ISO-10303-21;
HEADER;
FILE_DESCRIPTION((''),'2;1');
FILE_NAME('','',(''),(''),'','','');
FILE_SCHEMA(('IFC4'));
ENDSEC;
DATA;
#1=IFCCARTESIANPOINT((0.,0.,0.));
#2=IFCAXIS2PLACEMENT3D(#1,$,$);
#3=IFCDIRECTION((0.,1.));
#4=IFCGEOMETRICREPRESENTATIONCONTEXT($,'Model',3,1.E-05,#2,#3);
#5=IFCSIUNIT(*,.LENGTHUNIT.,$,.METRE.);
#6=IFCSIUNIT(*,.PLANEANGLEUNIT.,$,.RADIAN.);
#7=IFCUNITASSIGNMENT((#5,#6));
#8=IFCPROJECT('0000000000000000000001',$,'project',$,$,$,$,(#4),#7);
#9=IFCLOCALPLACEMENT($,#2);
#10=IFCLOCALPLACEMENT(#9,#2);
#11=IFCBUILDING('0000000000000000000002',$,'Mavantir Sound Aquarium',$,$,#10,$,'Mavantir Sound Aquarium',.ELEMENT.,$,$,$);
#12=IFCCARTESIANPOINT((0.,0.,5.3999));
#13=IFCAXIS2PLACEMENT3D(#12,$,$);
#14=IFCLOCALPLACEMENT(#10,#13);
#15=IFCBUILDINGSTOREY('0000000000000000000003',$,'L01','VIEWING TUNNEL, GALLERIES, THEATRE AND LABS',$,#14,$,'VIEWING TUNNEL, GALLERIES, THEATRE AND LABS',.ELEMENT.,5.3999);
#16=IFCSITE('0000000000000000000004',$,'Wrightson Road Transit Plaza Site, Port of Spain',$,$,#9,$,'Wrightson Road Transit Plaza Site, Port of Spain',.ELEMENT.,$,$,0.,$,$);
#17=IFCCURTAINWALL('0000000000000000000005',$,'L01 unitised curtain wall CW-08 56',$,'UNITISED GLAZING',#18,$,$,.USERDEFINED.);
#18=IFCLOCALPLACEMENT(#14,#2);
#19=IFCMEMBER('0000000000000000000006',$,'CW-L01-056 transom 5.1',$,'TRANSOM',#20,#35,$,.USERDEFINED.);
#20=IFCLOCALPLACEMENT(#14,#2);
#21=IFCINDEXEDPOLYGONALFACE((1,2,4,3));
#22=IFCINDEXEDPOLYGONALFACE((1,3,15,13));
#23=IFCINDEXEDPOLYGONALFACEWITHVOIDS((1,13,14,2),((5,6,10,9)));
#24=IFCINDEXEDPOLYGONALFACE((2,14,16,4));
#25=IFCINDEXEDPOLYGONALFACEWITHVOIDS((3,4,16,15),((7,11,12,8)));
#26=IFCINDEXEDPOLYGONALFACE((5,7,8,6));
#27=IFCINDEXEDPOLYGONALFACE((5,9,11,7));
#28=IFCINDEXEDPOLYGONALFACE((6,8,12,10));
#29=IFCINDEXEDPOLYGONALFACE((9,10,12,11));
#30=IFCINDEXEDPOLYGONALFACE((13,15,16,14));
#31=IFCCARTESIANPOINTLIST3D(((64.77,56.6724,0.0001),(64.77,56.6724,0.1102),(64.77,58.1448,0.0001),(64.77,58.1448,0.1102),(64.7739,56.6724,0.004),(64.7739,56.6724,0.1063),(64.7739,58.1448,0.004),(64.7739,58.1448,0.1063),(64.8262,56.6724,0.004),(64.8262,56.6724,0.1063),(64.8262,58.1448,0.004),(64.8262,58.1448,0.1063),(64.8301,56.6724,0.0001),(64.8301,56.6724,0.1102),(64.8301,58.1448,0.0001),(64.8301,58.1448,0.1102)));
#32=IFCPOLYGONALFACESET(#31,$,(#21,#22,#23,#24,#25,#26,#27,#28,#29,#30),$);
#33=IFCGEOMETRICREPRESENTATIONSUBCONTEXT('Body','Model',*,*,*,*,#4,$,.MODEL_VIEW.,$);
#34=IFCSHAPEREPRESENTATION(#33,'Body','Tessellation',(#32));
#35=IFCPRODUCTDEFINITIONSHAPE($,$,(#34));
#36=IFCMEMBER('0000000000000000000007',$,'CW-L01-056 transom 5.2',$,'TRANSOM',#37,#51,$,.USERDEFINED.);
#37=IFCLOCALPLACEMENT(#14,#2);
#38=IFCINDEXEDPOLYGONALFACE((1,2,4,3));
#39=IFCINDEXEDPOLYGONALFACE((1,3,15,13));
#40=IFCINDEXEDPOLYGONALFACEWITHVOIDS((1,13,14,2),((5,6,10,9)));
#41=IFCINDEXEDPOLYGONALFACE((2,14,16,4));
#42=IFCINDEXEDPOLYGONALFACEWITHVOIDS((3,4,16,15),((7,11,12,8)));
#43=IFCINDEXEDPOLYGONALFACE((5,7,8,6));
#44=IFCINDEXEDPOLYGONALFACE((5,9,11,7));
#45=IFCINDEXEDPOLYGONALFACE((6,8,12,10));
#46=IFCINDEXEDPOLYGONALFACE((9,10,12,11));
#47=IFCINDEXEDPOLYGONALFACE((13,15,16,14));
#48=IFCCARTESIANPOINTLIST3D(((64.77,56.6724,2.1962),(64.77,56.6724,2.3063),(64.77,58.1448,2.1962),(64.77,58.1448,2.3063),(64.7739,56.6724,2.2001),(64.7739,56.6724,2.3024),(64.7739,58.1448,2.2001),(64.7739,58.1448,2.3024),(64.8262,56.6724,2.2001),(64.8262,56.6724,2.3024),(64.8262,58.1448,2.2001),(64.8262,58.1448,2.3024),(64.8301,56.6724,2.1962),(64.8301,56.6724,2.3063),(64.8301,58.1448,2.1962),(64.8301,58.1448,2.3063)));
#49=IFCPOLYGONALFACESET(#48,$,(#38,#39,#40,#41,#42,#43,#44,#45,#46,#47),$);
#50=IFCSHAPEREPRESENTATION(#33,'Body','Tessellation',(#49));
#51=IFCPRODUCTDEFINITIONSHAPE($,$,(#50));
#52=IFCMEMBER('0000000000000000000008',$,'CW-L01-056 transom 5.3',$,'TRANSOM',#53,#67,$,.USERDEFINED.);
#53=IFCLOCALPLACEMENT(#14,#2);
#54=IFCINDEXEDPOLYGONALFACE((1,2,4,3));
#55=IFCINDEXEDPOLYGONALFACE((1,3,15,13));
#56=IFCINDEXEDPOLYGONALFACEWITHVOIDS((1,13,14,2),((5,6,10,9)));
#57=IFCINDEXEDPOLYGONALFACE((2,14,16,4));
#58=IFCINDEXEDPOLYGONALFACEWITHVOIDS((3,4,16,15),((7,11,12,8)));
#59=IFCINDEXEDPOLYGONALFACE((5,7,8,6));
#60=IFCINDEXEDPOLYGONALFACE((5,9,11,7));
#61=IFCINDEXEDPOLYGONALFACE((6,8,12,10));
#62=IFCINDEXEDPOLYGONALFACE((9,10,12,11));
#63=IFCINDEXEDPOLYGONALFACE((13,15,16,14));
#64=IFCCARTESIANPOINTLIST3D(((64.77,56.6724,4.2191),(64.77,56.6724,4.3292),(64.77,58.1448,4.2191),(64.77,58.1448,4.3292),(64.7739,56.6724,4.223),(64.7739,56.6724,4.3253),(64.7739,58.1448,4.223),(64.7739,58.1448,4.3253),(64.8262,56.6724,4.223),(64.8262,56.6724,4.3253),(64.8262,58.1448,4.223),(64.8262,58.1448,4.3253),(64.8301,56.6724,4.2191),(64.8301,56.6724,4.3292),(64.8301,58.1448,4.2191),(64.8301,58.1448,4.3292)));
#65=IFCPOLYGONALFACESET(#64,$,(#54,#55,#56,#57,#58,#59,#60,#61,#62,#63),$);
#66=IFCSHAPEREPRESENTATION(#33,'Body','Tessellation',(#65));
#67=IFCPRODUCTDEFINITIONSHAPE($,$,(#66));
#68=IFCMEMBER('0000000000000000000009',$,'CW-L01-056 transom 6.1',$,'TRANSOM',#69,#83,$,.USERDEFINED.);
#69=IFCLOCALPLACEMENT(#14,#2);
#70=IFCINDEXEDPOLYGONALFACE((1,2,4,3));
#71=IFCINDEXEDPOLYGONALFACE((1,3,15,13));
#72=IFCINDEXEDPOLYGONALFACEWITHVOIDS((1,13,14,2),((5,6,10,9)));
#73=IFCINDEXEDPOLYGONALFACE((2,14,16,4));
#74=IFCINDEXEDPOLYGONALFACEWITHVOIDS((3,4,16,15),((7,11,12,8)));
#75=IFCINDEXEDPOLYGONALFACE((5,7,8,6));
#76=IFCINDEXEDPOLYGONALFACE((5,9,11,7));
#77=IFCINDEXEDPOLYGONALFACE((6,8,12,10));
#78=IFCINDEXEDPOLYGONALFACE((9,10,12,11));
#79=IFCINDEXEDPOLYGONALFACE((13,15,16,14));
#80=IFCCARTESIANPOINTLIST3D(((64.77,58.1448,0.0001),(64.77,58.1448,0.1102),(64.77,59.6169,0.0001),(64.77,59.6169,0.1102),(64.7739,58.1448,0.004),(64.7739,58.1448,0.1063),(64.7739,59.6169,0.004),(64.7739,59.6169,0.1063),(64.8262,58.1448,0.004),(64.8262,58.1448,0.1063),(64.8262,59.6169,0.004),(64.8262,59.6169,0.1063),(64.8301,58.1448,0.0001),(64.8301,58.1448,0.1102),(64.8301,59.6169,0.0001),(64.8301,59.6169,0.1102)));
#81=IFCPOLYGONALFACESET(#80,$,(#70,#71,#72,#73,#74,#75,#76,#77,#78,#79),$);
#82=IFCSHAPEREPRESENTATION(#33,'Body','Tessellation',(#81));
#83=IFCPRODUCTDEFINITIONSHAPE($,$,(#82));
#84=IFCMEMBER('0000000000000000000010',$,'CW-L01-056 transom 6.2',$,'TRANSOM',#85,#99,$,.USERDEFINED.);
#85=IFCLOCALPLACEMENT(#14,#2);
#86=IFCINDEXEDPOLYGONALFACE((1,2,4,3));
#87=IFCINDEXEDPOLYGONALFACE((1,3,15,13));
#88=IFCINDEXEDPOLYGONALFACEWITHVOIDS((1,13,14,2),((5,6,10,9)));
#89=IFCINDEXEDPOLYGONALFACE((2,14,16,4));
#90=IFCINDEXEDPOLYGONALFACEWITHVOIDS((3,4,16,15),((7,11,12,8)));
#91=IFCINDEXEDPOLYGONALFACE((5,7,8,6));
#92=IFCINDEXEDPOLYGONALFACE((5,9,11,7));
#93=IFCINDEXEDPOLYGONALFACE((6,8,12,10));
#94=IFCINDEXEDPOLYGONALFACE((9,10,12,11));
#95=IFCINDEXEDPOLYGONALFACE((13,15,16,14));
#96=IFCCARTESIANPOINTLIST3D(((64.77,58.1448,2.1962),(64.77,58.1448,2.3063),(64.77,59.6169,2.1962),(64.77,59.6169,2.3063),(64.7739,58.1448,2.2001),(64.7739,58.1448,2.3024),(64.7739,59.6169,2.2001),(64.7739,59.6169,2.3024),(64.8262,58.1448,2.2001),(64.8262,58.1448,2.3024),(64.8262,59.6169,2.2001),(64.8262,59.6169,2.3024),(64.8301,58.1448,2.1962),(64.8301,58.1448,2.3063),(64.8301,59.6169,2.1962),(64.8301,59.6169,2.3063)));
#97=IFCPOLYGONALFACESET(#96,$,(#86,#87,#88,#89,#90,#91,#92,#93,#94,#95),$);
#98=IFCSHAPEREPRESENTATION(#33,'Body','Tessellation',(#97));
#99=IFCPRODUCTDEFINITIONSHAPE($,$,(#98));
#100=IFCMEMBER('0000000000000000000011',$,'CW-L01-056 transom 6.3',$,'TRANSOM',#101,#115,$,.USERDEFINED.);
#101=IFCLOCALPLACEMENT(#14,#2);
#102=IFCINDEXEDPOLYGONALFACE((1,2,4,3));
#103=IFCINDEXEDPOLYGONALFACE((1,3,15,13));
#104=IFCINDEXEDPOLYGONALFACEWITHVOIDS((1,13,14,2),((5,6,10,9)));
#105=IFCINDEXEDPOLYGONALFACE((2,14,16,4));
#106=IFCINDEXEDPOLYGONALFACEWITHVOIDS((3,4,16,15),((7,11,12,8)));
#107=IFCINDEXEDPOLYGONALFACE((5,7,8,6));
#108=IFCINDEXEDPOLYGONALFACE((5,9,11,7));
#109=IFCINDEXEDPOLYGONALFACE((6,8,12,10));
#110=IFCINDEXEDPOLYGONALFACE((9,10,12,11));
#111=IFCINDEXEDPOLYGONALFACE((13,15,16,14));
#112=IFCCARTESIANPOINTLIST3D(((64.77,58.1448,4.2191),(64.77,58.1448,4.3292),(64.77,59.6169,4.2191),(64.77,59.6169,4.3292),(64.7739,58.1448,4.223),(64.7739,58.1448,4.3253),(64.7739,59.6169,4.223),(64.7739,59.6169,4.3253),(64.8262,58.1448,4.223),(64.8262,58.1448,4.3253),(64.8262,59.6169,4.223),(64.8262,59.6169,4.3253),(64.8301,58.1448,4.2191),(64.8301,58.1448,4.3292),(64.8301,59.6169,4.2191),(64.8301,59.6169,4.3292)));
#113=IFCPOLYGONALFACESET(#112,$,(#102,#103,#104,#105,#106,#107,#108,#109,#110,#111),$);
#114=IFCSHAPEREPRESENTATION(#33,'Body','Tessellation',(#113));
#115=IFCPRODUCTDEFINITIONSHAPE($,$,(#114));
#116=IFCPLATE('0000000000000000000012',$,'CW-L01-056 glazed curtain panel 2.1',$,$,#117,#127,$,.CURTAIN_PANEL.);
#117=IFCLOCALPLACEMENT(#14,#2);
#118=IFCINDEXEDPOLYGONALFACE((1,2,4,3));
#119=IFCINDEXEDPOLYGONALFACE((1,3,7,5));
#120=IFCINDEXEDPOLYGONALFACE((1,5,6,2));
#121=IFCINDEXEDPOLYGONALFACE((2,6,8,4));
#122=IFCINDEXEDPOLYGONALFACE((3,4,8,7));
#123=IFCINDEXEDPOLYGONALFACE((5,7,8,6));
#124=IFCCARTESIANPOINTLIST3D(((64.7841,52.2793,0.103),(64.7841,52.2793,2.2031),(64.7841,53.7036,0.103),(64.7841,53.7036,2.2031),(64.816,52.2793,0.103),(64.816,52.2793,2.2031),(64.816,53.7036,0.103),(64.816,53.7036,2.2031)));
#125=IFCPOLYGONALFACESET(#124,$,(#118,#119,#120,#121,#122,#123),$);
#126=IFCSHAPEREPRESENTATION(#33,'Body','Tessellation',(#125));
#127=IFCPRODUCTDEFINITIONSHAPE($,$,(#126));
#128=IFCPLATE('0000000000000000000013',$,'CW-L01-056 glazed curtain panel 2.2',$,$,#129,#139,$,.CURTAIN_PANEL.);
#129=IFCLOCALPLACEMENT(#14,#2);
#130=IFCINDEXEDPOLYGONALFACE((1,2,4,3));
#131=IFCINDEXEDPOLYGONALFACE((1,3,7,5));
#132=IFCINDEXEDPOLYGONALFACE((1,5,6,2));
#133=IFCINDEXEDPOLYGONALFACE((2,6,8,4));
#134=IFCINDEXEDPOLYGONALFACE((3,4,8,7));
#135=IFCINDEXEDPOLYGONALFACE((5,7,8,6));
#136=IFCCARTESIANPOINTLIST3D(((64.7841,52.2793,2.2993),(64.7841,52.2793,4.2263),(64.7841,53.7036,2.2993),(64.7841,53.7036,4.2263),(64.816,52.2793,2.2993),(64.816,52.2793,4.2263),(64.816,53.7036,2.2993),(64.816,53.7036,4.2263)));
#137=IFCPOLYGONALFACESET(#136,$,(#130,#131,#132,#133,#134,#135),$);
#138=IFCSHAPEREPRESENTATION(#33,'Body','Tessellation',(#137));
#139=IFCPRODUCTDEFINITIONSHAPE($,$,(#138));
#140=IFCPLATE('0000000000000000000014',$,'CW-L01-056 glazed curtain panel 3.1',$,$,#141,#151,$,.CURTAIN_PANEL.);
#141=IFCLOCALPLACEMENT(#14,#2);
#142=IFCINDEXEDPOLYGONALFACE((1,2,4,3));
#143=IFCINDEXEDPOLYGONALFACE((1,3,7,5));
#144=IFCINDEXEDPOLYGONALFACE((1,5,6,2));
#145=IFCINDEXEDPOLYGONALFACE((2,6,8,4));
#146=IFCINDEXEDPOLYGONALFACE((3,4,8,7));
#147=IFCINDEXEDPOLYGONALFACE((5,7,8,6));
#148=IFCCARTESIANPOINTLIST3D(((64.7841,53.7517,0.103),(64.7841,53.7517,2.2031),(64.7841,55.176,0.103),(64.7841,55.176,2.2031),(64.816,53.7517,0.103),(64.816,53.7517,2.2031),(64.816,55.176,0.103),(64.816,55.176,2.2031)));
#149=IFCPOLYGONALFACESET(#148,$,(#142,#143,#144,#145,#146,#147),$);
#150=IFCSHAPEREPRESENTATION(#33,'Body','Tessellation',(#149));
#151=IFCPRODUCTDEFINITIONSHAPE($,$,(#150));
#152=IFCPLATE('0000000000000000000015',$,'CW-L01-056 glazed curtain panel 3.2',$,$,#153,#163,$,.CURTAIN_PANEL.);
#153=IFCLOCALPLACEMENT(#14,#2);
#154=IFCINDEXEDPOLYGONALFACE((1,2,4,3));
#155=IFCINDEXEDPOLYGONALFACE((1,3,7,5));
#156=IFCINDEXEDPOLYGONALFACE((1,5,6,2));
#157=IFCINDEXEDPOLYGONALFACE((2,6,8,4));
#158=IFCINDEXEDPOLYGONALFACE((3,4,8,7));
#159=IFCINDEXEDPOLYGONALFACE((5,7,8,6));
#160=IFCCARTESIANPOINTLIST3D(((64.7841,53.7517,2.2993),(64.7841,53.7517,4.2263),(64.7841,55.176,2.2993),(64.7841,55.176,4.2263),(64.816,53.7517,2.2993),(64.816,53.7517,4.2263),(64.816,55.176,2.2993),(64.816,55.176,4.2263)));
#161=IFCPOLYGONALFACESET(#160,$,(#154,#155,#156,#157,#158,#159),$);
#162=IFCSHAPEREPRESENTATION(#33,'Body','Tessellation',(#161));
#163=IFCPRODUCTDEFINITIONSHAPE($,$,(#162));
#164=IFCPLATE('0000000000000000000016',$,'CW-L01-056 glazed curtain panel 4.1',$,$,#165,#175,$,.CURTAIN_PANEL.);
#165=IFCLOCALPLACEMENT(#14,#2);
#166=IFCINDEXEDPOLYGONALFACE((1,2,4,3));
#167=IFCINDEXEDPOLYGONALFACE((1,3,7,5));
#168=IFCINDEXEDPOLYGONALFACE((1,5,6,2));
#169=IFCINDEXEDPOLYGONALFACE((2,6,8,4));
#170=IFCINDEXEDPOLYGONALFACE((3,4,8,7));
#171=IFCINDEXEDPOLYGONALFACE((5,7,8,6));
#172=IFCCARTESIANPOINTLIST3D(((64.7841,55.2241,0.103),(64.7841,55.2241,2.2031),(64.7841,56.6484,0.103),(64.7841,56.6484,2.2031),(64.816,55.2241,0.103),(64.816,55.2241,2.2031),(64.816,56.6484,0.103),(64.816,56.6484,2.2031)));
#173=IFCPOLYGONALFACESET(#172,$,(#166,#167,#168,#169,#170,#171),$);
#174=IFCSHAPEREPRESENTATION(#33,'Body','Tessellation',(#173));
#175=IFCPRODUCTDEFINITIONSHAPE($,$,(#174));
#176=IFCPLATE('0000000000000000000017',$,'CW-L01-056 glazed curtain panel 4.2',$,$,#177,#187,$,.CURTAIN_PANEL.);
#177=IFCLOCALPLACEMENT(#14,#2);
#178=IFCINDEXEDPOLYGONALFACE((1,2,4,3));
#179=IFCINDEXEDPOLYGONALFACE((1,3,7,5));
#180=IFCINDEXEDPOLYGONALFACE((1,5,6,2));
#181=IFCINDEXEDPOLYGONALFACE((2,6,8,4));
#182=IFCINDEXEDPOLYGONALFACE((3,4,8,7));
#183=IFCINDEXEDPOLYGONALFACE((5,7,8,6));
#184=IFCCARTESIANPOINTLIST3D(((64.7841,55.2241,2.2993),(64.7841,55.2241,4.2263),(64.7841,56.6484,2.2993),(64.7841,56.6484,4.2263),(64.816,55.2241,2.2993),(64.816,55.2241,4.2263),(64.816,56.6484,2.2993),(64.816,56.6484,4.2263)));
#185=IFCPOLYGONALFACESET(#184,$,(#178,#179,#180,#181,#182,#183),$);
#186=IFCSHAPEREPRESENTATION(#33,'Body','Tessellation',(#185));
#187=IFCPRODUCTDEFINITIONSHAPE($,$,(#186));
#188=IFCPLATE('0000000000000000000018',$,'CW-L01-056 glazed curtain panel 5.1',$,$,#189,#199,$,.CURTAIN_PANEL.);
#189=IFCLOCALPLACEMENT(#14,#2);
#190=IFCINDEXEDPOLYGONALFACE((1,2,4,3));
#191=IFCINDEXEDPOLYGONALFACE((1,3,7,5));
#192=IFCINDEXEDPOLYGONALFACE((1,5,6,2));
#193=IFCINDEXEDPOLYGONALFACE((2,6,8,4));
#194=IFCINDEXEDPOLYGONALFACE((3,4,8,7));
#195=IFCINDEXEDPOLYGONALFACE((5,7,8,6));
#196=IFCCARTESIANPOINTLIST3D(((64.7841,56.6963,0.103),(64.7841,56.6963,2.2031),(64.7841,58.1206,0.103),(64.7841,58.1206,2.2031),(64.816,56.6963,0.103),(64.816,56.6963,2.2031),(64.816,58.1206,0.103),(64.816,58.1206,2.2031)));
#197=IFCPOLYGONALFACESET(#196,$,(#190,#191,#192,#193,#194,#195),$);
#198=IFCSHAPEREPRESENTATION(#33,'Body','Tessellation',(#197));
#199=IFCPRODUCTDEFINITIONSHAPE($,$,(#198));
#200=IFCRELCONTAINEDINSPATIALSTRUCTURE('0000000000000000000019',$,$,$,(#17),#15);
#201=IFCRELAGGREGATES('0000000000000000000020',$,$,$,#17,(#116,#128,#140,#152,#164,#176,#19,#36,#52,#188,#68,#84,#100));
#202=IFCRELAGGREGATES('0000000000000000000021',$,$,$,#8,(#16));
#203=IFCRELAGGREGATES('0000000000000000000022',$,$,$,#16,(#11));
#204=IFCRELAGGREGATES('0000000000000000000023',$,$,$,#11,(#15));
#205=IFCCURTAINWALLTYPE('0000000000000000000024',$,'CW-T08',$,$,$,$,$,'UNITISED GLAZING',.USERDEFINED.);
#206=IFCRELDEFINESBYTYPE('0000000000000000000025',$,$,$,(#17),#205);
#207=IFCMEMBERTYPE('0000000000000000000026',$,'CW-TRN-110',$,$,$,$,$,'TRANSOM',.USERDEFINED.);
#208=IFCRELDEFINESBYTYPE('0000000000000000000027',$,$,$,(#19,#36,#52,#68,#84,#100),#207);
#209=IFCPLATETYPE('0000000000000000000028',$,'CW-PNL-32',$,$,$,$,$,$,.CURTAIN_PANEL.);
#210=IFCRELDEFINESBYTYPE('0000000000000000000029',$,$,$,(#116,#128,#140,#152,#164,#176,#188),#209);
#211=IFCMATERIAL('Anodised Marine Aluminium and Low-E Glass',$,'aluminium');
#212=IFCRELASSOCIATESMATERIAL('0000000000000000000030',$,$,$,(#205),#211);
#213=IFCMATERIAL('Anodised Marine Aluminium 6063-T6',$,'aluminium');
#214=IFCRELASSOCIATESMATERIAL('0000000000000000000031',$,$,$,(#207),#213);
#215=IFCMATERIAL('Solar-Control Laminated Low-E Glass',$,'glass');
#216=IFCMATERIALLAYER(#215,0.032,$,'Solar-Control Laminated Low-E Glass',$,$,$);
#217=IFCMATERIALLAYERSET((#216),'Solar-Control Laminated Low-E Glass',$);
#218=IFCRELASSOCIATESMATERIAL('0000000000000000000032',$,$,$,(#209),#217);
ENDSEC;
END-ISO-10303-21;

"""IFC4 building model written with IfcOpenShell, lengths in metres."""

from ifc_helpers import new_model, si_unit, direction, frame, origin, origin_2d, place, context, subcontext, project, spatial, rectangle, hollow_rectangle, extrude, material, layer, layer_set, material_profile, profile_set, type_object, element, aggregate, save


model = new_model("IFC4")

# Units and contexts
model_context = context("Model", 3, precision=1e-05, world=origin(), true_north=direction((0.0, 1.0)))
body_context = subcontext(model_context, "Body", "Model", "MODEL_VIEW")
ifc_project = project(units=[si_unit("LENGTHUNIT", "METRE"), si_unit("PLANEANGLEUNIT", "RADIAN")], contexts=[model_context])

# Site, building, storey
site_placement = place(None, origin())
site = spatial("IfcSite", under=ifc_project, at=site_placement, Name="Wrightson Road Transit Plaza Site, Port of Spain", LongName="Wrightson Road Transit Plaza Site, Port of Spain", CompositionType="ELEMENT", RefElevation=0.0)
building_placement = place(site_placement, origin())
building = spatial("IfcBuilding", under=site, at=building_placement, Name="Mavantir Sound Aquarium", LongName="Mavantir Sound Aquarium", CompositionType="ELEMENT")
storey_placement = place(building_placement, frame((0.0, 0.0, 5.3999)))
storey = spatial("IfcBuildingStorey", under=building, at=storey_placement, Name="L01", Description="VIEWING TUNNEL, GALLERIES, THEATRE AND LABS", LongName="VIEWING TUNNEL, GALLERIES, THEATRE AND LABS", CompositionType="ELEMENT", Elevation=5.3999)

# Curtain wall, members, plates
ifc_material_1 = material(Name="Anodised Marine Aluminium and Low-E Glass", Category="aluminium")
curtain_wall_type = type_object("IfcCurtainWallType", Name="CW-T08", ElementType="UNITISED GLAZING", PredefinedType="USERDEFINED", material=ifc_material_1)
curtain_wall_placement = place(storey_placement, origin())
curtain_wall = element("IfcCurtainWall", 1, at=curtain_wall_placement, inside=storey, type_object=curtain_wall_type, Name="L01 unitised curtain wall CW-08 56", ObjectType="UNITISED GLAZING", PredefinedType="USERDEFINED")
ifc_material_2 = material(Name="Anodised Marine Aluminium 6063-T6", Category="aluminium")
ifc_material_profile_1 = material_profile(ifc_material_2, hollow_rectangle(XDim=0.0601, YDim=0.1101, WallThickness=0.0039, at=origin_2d()), Name="ALU-TRANSOM-110X60")
ifc_profile_set_1 = profile_set([ifc_material_profile_1], Name="Anodised Marine Aluminium 6063-T6")
member_type_1 = type_object("IfcMemberType", Name="CW-TRN-110", ElementType="TRANSOM", PredefinedType="USERDEFINED", material=ifc_profile_set_1)
member_1_placement = place(storey_placement, frame((64.8, 56.6724, 0.0552), z_axis=(0.0, 1.0, 0.0), x_axis=(-1.0, 0.0, 0.0)))
member_1 = element("IfcMember", 2, at=member_1_placement, type_object=member_type_1, Name="CW-L01-056 transom 5.1", ObjectType="TRANSOM", PredefinedType="USERDEFINED", context=body_context, shape_type="SweptSolid", body=[
    extrude(hollow_rectangle(XDim=0.0601, YDim=0.1101, WallThickness=0.0039, at=origin_2d()), origin(), (0.0, 0.0, 1.0), 1.4724),
])
member_2_placement = place(storey_placement, frame((64.8, 56.6724, 2.2512), z_axis=(0.0, 1.0, 0.0), x_axis=(-1.0, 0.0, 0.0)))
member_2 = element("IfcMember", 3, at=member_2_placement, type_object=member_type_1, Name="CW-L01-056 transom 5.2", ObjectType="TRANSOM", PredefinedType="USERDEFINED", context=body_context, shape_type="SweptSolid", body=[
    extrude(hollow_rectangle(XDim=0.0601, YDim=0.1101, WallThickness=0.0039, at=origin_2d()), origin(), (0.0, 0.0, 1.0), 1.4724),
])
member_3_placement = place(storey_placement, frame((64.8, 56.6724, 4.2742), z_axis=(0.0, 1.0, 0.0), x_axis=(-1.0, 0.0, 0.0)))
member_3 = element("IfcMember", 4, at=member_3_placement, type_object=member_type_1, Name="CW-L01-056 transom 5.3", ObjectType="TRANSOM", PredefinedType="USERDEFINED", context=body_context, shape_type="SweptSolid", body=[
    extrude(hollow_rectangle(XDim=0.0601, YDim=0.1101, WallThickness=0.0039, at=origin_2d()), origin(), (0.0, 0.0, 1.0), 1.4724),
])
member_4_placement = place(storey_placement, frame((64.8, 58.1448, 0.0552), z_axis=(0.0, 1.0, 0.0), x_axis=(-1.0, 0.0, 0.0)))
member_4 = element("IfcMember", 5, at=member_4_placement, type_object=member_type_1, Name="CW-L01-056 transom 6.1", ObjectType="TRANSOM", PredefinedType="USERDEFINED", context=body_context, shape_type="SweptSolid", body=[
    extrude(hollow_rectangle(XDim=0.0601, YDim=0.1101, WallThickness=0.0039, at=origin_2d()), origin(), (0.0, 0.0, 1.0), 1.4722),
])
member_5_placement = place(storey_placement, frame((64.8, 58.1448, 2.2512), z_axis=(0.0, 1.0, 0.0), x_axis=(-1.0, 0.0, 0.0)))
member_5 = element("IfcMember", 6, at=member_5_placement, type_object=member_type_1, Name="CW-L01-056 transom 6.2", ObjectType="TRANSOM", PredefinedType="USERDEFINED", context=body_context, shape_type="SweptSolid", body=[
    extrude(hollow_rectangle(XDim=0.0601, YDim=0.1101, WallThickness=0.0039, at=origin_2d()), origin(), (0.0, 0.0, 1.0), 1.4722),
])
member_6_placement = place(storey_placement, frame((64.8, 58.1448, 4.2742), z_axis=(0.0, 1.0, 0.0), x_axis=(-1.0, 0.0, 0.0)))
member_6 = element("IfcMember", 7, at=member_6_placement, type_object=member_type_1, Name="CW-L01-056 transom 6.3", ObjectType="TRANSOM", PredefinedType="USERDEFINED", context=body_context, shape_type="SweptSolid", body=[
    extrude(hollow_rectangle(XDim=0.0601, YDim=0.1101, WallThickness=0.0039, at=origin_2d()), origin(), (0.0, 0.0, 1.0), 1.4722),
])
ifc_material_3 = material(Name="Solar-Control Laminated Low-E Glass", Category="glass")
ifc_layer = layer(ifc_material_3, 0.032, Name="Solar-Control Laminated Low-E Glass")
ifc_layer_set = layer_set([ifc_layer], Name="Solar-Control Laminated Low-E Glass")
plate_type = type_object("IfcPlateType", Name="CW-PNL-32", PredefinedType="CURTAIN_PANEL", material=ifc_layer_set)
plate_1_placement = place(storey_placement, frame((64.8, 52.9915, 0.103), z_axis=(0.0, 0.0, 1.0), x_axis=(0.0, 1.0, 0.0)))
plate_1 = element("IfcPlate", 8, at=plate_1_placement, type_object=plate_type, Name="CW-L01-056 glazed curtain panel 2.1", PredefinedType="CURTAIN_PANEL", context=body_context, shape_type="SweptSolid", body=[
    extrude(rectangle(XDim=1.4243, YDim=0.032, at=origin_2d()), origin(), (0.0, 0.0, 1.0), 2.1001),
])
plate_2_placement = place(storey_placement, frame((64.8, 52.9915, 2.2993), z_axis=(0.0, 0.0, 1.0), x_axis=(0.0, 1.0, 0.0)))
plate_2 = element("IfcPlate", 9, at=plate_2_placement, type_object=plate_type, Name="CW-L01-056 glazed curtain panel 2.2", PredefinedType="CURTAIN_PANEL", context=body_context, shape_type="SweptSolid", body=[
    extrude(rectangle(XDim=1.4243, YDim=0.032, at=origin_2d()), origin(), (0.0, 0.0, 1.0), 1.927),
])
plate_3_placement = place(storey_placement, frame((64.8, 54.4639, 0.103), z_axis=(0.0, 0.0, 1.0), x_axis=(0.0, 1.0, 0.0)))
plate_3 = element("IfcPlate", 10, at=plate_3_placement, type_object=plate_type, Name="CW-L01-056 glazed curtain panel 3.1", PredefinedType="CURTAIN_PANEL", context=body_context, shape_type="SweptSolid", body=[
    extrude(rectangle(XDim=1.4243, YDim=0.032, at=origin_2d()), origin(), (0.0, 0.0, 1.0), 2.1001),
])
plate_4_placement = place(storey_placement, frame((64.8, 54.4639, 2.2993), z_axis=(0.0, 0.0, 1.0), x_axis=(0.0, 1.0, 0.0)))
plate_4 = element("IfcPlate", 11, at=plate_4_placement, type_object=plate_type, Name="CW-L01-056 glazed curtain panel 3.2", PredefinedType="CURTAIN_PANEL", context=body_context, shape_type="SweptSolid", body=[
    extrude(rectangle(XDim=1.4243, YDim=0.032, at=origin_2d()), origin(), (0.0, 0.0, 1.0), 1.927),
])
plate_5_placement = place(storey_placement, frame((64.8, 55.9363, 0.103), z_axis=(0.0, 0.0, 1.0), x_axis=(0.0, 1.0, 0.0)))
plate_5 = element("IfcPlate", 12, at=plate_5_placement, type_object=plate_type, Name="CW-L01-056 glazed curtain panel 4.1", PredefinedType="CURTAIN_PANEL", context=body_context, shape_type="SweptSolid", body=[
    extrude(rectangle(XDim=1.4243, YDim=0.032, at=origin_2d()), origin(), (0.0, 0.0, 1.0), 2.1001),
])
plate_6_placement = place(storey_placement, frame((64.8, 55.9363, 2.2993), z_axis=(0.0, 0.0, 1.0), x_axis=(0.0, 1.0, 0.0)))
plate_6 = element("IfcPlate", 13, at=plate_6_placement, type_object=plate_type, Name="CW-L01-056 glazed curtain panel 4.2", PredefinedType="CURTAIN_PANEL", context=body_context, shape_type="SweptSolid", body=[
    extrude(rectangle(XDim=1.4243, YDim=0.032, at=origin_2d()), origin(), (0.0, 0.0, 1.0), 1.927),
])
plate_7_placement = place(storey_placement, frame((64.8, 57.4084, 0.103), z_axis=(0.0, 0.0, 1.0), x_axis=(0.0, 1.0, 0.0)))
plate_7 = element("IfcPlate", 14, at=plate_7_placement, type_object=plate_type, Name="CW-L01-056 glazed curtain panel 5.1", PredefinedType="CURTAIN_PANEL", context=body_context, shape_type="SweptSolid", body=[
    extrude(rectangle(XDim=1.4243, YDim=0.032, at=origin_2d()), origin(), (0.0, 0.0, 1.0), 2.1001),
])
aggregate(curtain_wall, [plate_1, plate_2, plate_3, plate_4, plate_5, plate_6, member_1, member_2, member_3, plate_7, member_4, member_5, member_6])

save(model, "model.ifc")
